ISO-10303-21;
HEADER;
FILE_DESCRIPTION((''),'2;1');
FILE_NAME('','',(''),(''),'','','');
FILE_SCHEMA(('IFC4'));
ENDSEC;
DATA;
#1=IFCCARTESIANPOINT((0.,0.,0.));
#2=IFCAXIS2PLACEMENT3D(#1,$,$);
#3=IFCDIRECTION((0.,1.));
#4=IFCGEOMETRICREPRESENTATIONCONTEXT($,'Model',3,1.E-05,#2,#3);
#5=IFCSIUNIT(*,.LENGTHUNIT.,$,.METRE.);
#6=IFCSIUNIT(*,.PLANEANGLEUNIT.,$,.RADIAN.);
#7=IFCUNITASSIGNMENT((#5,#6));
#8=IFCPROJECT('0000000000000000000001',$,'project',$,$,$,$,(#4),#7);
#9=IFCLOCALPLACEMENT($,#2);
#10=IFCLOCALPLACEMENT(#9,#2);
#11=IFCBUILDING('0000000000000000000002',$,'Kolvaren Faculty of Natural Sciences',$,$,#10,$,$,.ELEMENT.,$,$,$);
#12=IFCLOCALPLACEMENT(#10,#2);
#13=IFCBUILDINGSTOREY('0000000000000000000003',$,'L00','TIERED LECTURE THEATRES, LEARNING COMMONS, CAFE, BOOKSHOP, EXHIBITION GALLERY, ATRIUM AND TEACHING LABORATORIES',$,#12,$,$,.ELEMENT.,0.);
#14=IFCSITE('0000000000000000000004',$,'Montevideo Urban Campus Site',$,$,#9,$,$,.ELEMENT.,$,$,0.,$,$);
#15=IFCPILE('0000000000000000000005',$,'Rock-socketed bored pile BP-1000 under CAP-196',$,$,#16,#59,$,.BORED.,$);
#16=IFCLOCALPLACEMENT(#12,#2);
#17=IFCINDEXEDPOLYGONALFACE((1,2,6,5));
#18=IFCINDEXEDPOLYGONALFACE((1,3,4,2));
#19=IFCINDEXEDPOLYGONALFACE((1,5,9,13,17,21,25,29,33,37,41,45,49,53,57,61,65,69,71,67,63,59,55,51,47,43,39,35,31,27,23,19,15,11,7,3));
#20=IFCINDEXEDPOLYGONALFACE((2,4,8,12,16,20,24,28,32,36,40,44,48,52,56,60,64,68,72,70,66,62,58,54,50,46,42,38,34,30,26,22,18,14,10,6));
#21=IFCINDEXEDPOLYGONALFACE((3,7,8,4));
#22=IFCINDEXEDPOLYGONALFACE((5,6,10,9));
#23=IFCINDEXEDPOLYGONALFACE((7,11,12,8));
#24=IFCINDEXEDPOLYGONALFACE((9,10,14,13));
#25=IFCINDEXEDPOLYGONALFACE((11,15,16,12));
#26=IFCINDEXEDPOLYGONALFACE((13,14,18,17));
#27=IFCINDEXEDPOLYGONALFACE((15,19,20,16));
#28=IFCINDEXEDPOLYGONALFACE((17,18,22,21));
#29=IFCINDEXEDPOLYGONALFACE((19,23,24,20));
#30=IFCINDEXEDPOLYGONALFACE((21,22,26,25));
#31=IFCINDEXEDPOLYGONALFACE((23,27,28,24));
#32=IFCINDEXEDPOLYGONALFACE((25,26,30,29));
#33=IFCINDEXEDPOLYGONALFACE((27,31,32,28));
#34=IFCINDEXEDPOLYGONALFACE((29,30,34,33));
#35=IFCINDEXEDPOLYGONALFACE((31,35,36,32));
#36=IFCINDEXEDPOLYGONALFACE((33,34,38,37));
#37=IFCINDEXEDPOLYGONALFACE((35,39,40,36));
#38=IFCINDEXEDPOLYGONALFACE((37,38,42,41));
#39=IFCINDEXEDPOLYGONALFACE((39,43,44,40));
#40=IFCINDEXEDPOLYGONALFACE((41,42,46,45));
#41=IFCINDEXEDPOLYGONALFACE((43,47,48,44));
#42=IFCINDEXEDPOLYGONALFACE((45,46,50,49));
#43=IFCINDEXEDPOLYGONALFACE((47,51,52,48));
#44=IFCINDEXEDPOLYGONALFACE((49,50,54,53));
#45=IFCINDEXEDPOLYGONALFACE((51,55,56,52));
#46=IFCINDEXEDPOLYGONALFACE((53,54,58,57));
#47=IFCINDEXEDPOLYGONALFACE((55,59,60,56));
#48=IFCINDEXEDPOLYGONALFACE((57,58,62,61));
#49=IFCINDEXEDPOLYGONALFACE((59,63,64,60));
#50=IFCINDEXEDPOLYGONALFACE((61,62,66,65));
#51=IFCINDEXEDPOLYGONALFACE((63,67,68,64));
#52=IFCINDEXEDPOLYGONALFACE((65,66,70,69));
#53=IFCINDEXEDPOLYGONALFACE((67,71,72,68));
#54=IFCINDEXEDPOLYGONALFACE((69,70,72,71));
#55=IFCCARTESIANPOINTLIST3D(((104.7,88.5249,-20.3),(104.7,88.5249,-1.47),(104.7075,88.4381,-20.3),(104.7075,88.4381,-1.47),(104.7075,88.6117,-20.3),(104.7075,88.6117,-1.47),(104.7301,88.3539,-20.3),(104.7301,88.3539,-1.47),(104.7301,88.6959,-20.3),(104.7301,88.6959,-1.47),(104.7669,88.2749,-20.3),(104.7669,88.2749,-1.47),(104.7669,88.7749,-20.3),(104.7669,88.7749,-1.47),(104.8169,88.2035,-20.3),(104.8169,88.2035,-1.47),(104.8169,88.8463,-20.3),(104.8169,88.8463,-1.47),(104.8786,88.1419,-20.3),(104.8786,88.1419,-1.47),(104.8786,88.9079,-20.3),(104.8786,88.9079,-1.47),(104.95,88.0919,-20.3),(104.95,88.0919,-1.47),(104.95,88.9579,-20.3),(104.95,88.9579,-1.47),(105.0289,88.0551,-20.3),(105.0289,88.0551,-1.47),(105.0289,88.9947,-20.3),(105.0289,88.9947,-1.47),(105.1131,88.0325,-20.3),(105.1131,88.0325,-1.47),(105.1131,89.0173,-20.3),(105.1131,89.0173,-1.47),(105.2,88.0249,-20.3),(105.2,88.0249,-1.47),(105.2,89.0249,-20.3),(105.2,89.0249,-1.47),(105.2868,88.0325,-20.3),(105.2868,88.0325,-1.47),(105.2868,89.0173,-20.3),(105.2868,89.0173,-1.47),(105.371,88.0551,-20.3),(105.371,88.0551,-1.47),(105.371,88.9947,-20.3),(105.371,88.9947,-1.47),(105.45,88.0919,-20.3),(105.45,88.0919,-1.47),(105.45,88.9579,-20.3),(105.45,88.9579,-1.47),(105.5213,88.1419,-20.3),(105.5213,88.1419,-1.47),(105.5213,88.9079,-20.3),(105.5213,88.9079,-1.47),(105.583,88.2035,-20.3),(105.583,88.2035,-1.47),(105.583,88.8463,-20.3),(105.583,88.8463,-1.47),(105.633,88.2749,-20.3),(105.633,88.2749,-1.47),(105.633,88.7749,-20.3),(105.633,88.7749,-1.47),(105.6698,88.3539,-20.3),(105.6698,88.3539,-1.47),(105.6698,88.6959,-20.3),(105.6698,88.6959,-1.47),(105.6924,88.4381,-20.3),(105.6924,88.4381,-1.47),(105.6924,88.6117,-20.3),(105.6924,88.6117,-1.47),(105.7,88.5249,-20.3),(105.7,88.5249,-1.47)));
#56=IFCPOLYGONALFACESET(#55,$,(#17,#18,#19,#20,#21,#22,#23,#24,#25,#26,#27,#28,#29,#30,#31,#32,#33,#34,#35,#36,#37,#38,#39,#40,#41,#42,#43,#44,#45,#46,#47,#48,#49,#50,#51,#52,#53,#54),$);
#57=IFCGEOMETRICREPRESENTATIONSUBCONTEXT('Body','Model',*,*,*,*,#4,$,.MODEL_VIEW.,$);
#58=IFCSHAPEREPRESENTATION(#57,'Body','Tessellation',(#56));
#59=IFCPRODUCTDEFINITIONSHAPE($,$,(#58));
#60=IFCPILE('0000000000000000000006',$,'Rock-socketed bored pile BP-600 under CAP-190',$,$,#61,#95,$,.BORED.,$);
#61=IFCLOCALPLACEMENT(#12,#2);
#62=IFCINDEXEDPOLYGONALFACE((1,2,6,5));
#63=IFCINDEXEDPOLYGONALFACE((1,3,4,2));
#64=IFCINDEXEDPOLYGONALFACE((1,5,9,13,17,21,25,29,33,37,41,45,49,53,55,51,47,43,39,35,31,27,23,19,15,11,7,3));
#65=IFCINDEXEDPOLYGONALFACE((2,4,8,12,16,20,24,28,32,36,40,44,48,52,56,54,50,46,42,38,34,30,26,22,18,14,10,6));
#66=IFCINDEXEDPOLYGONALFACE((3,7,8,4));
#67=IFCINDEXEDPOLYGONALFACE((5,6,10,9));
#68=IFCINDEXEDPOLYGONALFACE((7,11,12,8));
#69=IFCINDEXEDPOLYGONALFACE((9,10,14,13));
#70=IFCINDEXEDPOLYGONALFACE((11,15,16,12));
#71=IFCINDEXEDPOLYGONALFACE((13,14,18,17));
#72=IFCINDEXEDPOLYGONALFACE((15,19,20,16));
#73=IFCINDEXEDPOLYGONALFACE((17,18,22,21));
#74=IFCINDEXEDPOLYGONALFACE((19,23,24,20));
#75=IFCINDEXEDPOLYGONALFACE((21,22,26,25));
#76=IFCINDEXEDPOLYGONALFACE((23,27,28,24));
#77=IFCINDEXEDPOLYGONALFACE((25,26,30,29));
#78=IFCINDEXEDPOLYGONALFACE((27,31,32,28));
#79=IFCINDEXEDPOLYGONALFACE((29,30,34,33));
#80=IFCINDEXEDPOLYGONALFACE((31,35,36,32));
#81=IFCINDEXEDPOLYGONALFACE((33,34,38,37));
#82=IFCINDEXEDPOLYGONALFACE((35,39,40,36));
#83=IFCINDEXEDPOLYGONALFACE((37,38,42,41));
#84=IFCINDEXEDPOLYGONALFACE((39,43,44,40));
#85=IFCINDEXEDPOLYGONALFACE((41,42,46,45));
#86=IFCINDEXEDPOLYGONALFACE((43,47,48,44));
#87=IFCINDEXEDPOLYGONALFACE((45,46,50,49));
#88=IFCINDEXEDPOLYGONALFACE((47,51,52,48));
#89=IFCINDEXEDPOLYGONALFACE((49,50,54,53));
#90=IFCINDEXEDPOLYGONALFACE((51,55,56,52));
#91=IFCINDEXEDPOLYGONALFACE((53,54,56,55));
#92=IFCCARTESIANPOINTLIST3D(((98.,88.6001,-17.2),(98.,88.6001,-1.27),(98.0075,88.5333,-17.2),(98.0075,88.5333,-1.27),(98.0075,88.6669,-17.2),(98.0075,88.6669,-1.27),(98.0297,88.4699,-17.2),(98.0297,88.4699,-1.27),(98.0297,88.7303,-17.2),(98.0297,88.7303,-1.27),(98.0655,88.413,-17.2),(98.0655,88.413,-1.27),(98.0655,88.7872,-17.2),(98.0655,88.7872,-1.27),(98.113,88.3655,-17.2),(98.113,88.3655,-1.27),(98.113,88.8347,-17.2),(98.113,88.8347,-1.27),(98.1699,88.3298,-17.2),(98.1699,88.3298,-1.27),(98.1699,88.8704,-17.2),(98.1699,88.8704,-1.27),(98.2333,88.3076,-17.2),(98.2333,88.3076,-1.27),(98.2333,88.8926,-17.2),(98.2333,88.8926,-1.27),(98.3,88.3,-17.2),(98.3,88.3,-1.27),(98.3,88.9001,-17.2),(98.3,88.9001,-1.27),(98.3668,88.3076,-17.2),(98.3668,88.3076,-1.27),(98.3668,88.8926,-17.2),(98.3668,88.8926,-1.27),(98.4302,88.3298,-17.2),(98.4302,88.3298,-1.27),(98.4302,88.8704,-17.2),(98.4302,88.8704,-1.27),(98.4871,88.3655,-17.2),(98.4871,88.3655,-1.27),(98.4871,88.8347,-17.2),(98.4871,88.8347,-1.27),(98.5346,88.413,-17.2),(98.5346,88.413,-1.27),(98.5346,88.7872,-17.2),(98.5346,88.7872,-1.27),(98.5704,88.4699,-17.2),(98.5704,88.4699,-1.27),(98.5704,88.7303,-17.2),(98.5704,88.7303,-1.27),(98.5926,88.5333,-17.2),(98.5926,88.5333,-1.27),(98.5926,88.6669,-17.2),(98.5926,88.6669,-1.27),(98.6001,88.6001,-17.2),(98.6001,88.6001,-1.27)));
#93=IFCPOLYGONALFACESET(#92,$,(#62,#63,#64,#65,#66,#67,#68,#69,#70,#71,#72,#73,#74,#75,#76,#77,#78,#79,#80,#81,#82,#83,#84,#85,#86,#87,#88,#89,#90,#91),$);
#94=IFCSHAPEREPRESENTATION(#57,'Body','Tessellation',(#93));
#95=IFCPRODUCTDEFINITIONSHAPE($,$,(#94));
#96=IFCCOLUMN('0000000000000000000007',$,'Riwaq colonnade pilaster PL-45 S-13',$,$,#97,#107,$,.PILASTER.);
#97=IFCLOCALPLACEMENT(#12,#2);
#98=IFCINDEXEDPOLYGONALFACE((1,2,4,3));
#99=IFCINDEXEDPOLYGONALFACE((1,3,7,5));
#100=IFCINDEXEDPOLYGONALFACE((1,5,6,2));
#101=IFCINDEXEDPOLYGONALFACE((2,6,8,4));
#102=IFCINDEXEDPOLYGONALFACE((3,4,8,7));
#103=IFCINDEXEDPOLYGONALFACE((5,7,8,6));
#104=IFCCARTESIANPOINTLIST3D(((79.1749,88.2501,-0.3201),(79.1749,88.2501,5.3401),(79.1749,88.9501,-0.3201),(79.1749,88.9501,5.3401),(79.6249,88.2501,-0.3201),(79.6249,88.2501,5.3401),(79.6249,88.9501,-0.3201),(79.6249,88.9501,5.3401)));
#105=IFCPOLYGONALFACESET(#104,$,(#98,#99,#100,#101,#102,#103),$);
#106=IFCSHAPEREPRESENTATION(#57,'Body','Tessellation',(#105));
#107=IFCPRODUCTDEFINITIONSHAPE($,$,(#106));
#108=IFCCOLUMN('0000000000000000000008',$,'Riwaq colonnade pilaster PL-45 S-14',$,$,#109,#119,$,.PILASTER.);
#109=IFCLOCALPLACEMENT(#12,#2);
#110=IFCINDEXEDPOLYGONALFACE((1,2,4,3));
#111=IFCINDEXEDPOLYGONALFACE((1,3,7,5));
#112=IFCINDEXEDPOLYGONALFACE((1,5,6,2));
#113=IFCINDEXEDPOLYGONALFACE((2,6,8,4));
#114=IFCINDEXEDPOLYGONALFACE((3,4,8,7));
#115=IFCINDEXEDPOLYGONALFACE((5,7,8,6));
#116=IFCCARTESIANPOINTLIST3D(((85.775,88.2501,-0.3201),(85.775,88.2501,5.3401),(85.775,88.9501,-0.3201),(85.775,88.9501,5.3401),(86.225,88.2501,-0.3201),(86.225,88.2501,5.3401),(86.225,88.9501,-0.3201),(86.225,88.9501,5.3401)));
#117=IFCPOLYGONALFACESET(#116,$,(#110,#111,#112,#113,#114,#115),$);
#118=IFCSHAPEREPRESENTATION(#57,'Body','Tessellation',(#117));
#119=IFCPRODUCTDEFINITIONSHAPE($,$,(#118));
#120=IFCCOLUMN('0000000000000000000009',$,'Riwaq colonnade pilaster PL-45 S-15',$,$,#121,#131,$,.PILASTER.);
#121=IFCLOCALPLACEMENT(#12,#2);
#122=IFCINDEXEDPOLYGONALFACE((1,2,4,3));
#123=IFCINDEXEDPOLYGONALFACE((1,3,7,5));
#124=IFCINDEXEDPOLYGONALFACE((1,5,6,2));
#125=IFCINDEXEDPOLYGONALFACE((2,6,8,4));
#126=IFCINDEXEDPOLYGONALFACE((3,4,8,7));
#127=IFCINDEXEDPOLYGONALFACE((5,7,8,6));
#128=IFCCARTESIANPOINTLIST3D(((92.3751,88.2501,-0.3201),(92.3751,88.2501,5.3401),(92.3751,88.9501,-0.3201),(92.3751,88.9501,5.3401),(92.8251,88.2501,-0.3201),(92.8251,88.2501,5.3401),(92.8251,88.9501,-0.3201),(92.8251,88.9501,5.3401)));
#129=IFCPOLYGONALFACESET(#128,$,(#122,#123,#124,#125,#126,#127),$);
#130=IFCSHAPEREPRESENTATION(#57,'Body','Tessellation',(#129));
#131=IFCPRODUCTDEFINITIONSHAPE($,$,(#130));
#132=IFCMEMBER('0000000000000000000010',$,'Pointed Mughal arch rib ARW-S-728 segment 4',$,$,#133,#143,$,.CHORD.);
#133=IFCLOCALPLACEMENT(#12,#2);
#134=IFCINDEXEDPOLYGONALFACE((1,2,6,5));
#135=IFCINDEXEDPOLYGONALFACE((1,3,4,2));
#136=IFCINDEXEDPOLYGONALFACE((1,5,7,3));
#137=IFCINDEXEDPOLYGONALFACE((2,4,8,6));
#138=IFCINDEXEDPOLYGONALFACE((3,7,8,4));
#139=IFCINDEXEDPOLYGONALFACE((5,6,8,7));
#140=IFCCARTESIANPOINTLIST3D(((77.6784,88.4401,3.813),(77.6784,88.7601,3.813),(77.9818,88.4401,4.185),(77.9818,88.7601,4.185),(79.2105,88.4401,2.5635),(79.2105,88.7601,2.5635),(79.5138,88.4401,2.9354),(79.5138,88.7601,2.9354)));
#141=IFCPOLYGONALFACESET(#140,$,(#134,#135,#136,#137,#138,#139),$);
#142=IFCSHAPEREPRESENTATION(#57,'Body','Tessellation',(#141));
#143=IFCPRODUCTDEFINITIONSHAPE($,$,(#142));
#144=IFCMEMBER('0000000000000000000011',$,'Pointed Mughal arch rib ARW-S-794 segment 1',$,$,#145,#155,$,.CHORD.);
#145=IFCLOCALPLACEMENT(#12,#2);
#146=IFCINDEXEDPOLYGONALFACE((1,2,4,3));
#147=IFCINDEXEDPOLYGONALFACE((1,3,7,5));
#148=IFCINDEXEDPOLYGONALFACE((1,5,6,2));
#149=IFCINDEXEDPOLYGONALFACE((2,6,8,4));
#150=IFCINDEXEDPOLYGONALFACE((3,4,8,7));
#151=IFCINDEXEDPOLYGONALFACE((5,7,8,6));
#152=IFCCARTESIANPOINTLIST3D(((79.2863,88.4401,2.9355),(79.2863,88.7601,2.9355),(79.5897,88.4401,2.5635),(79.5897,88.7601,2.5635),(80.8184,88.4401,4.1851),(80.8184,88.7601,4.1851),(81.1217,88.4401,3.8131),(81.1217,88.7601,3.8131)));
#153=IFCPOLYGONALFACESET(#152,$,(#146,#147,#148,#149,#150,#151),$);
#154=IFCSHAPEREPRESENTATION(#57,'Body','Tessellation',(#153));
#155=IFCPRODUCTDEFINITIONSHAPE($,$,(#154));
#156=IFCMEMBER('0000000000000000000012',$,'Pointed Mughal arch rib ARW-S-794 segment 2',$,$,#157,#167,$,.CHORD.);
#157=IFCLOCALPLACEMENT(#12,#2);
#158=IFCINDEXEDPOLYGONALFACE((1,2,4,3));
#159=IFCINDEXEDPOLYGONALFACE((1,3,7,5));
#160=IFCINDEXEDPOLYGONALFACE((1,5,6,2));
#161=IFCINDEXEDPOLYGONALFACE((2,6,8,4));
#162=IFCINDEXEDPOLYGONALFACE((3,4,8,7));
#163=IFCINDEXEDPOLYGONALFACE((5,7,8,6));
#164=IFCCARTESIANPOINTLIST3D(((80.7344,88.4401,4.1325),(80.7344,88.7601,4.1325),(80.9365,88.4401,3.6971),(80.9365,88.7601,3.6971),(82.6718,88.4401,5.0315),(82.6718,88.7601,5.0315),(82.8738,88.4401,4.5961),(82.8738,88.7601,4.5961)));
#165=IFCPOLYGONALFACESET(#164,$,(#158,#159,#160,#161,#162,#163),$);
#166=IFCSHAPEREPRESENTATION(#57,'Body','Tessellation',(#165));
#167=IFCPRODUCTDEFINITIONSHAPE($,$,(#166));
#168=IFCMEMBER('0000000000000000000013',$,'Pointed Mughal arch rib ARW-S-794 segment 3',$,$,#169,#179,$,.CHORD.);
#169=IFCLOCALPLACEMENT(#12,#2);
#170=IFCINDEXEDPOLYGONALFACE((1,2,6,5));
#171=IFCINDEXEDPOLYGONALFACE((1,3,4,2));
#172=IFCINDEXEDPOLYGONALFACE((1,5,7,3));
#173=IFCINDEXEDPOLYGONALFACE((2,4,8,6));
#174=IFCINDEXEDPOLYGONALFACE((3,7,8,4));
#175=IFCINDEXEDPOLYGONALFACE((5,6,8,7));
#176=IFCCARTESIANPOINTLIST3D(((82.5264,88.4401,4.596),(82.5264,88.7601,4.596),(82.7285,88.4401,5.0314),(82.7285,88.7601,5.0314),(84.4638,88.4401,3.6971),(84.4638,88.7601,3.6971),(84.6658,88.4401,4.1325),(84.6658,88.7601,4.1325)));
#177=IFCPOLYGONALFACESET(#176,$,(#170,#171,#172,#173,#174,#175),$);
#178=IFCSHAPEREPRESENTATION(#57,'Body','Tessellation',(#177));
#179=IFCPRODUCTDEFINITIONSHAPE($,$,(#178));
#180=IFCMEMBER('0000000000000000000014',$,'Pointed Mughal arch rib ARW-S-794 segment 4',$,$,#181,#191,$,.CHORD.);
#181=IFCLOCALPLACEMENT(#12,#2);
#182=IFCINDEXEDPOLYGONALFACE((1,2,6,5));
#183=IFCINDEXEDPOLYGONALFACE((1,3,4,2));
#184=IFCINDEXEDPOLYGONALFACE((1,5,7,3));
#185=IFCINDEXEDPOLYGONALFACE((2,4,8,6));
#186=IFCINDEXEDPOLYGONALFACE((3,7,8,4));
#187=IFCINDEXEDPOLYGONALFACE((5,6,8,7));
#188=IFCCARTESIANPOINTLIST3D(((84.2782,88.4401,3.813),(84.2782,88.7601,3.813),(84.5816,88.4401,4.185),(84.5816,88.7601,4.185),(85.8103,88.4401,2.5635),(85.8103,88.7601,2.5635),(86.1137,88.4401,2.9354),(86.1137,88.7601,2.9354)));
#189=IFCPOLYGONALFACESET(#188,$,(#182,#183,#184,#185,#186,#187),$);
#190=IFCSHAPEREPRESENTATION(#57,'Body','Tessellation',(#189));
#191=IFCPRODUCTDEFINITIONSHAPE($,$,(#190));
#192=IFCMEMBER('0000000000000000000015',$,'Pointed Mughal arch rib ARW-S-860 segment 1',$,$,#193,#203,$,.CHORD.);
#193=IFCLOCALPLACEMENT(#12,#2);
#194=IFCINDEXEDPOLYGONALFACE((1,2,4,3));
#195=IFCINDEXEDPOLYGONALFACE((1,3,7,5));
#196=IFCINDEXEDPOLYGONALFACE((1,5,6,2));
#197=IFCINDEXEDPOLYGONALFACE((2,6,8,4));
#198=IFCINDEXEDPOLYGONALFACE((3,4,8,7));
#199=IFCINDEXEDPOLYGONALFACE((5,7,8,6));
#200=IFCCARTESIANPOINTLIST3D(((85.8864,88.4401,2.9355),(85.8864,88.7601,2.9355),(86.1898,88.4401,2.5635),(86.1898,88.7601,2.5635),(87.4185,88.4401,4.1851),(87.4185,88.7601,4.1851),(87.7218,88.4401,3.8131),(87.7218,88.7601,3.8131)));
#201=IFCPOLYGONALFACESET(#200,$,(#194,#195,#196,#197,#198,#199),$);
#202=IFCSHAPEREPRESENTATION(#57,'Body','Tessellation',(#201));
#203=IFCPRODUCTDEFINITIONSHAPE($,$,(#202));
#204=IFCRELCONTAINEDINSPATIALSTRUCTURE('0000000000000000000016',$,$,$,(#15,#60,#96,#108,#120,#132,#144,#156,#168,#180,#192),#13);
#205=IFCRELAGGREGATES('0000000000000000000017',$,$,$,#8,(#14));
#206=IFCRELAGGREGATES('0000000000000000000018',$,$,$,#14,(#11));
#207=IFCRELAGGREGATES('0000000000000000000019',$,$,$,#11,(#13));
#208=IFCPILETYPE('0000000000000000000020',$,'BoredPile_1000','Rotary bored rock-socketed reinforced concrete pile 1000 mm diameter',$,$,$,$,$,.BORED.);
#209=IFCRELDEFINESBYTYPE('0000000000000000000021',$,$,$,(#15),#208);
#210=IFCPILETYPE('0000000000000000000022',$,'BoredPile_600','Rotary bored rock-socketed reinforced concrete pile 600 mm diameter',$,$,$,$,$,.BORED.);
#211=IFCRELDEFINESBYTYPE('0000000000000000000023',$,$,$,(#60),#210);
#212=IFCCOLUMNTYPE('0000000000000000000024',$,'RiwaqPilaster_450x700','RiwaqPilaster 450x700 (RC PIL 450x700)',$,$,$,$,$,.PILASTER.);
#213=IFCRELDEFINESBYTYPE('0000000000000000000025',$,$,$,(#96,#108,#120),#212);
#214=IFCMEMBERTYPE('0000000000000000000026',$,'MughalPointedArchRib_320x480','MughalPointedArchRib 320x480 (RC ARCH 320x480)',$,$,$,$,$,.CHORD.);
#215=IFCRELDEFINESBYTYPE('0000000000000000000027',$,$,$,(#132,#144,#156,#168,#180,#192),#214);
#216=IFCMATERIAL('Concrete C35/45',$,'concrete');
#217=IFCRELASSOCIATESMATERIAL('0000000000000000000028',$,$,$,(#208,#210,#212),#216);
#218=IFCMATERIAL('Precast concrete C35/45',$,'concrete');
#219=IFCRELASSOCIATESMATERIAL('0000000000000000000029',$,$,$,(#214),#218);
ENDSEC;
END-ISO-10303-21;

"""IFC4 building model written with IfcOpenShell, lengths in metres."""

from ifc_helpers import new_model, si_unit, direction, frame, origin, origin_2d, place, context, subcontext, project, spatial, rectangle, circle, extrude, material, material_profile, profile_set, type_object, element, save


model = new_model("IFC4")

# Units and contexts
model_context = context("Model", 3, precision=1e-05, world=origin(), true_north=direction((0.0, 1.0)))
body_context = subcontext(model_context, "Body", "Model", "MODEL_VIEW")
ifc_project = project(units=[si_unit("LENGTHUNIT", "METRE"), si_unit("PLANEANGLEUNIT", "RADIAN")], contexts=[model_context])

# Site, building, storey
site_placement = place(None, origin())
site = spatial("IfcSite", under=ifc_project, at=site_placement, Name="Montevideo Urban Campus Site", CompositionType="ELEMENT", RefElevation=0.0)
building_placement = place(site_placement, origin())
building = spatial("IfcBuilding", under=site, at=building_placement, Name="Kolvaren Faculty of Natural Sciences", CompositionType="ELEMENT")
storey_placement = place(building_placement, origin())
storey = spatial("IfcBuildingStorey", under=building, at=storey_placement, Name="L00", Description="TIERED LECTURE THEATRES, LEARNING COMMONS, CAFE, BOOKSHOP, EXHIBITION GALLERY, ATRIUM AND TEACHING LABORATORIES", CompositionType="ELEMENT", Elevation=0.0)

# Piles
ifc_material_1 = material(Name="Concrete C35/45", Category="concrete")
ifc_material_profile_1 = material_profile(ifc_material_1, circle(Radius=0.5, at=origin_2d()), Name="PILE D1000")
ifc_profile_set_1 = profile_set([ifc_material_profile_1], Name="Concrete C35/45")
pile_type_1 = type_object("IfcPileType", Name="BoredPile_1000", Description="Rotary bored rock-socketed reinforced concrete pile 1000 mm diameter", PredefinedType="BORED", material=ifc_profile_set_1)
for number, where, z_axis, x_axis, name in (
    (1, (105.2, 88.5249, -1.47), (0.0, 0.0, -1.0), (1.0, 0.0, 0.0), "Rock-socketed bored pile BP-1000 under CAP-196"),
):
    element("IfcPile", number, at=place(storey_placement, frame(where, z_axis=z_axis, x_axis=x_axis)), inside=storey, type_object=pile_type_1, Name=name, PredefinedType="BORED", context=body_context, shape_type="SweptSolid", body=[
        extrude(circle(Radius=0.5, at=origin_2d()), origin(), (0.0, 0.0, 1.0), 18.8301),
    ])
ifc_material_profile_2 = material_profile(ifc_material_1, circle(Radius=0.3, at=origin_2d()), Name="PILE D600")
ifc_profile_set_2 = profile_set([ifc_material_profile_2], Name="Concrete C35/45")
pile_type_2 = type_object("IfcPileType", Name="BoredPile_600", Description="Rotary bored rock-socketed reinforced concrete pile 600 mm diameter", PredefinedType="BORED", material=ifc_profile_set_2)
pile_placement = place(storey_placement, frame((98.3, 88.6001, -1.27), z_axis=(0.0, 0.0, -1.0), x_axis=(1.0, 0.0, 0.0)))
element("IfcPile", 2, at=pile_placement, inside=storey, type_object=pile_type_2, Name="Rock-socketed bored pile BP-600 under CAP-190", PredefinedType="BORED", context=body_context, shape_type="SweptSolid", body=[
    extrude(circle(Radius=0.3, at=origin_2d()), origin(), (0.0, 0.0, 1.0), 15.9299),
])

# Columns
ifc_material_profile_3 = material_profile(ifc_material_1, rectangle(XDim=0.45, YDim=0.7, at=origin_2d()), Name="RC PIL 450x700")
ifc_profile_set_3 = profile_set([ifc_material_profile_3], Name="Concrete C35/45")
column_type = type_object("IfcColumnType", Name="RiwaqPilaster_450x700", Description="RiwaqPilaster 450x700 (RC PIL 450x700)", PredefinedType="PILASTER", material=ifc_profile_set_3)
for number, where, z_axis, x_axis, name in (
    (3, (79.3999, 88.6001, -0.3201), (0.0, 0.0, 1.0), (1.0, 0.0, 0.0), "Riwaq colonnade pilaster PL-45 S-13"),
    (4, (86.0, 88.6001, -0.3201), (0.0, 0.0, 1.0), (1.0, 0.0, 0.0), "Riwaq colonnade pilaster PL-45 S-14"),
    (5, (92.6001, 88.6001, -0.3201), (0.0, 0.0, 1.0), (1.0, 0.0, 0.0), "Riwaq colonnade pilaster PL-45 S-15"),
):
    element("IfcColumn", number, at=place(storey_placement, frame(where, z_axis=z_axis, x_axis=x_axis)), inside=storey, type_object=column_type, Name=name, PredefinedType="PILASTER", context=body_context, shape_type="SweptSolid", body=[
        extrude(rectangle(XDim=0.45, YDim=0.7, at=origin_2d()), origin(), (0.0, 0.0, 1.0), 5.6602),
    ])

# Members
ifc_material_2 = material(Name="Precast concrete C35/45", Category="concrete")
ifc_material_profile_4 = material_profile(ifc_material_2, rectangle(XDim=0.3201, YDim=0.48, at=origin_2d()), Name="RC ARCH 320x480")
ifc_profile_set_4 = profile_set([ifc_material_profile_4], Name="Precast concrete C35/45")
member_type = type_object("IfcMemberType", Name="MughalPointedArchRib_320x480", Description="MughalPointedArchRib 320x480 (RC ARCH 320x480)", PredefinedType="CHORD", material=ifc_profile_set_4)
for number, where, z_axis, x_axis, name in (
    (6, (77.8301, 88.6001, 3.999), (0.77493, 0.0, -0.632047), (0.0, 1.0, 0.0), "Pointed Mughal arch rib ARW-S-728 segment 4"),
    (7, (79.438, 88.6001, 2.7495), (0.77493, 0.0, 0.632047), (0.0, 1.0, 0.0), "Pointed Mughal arch rib ARW-S-794 segment 1"),
):
    element("IfcMember", number, at=place(storey_placement, frame(where, z_axis=z_axis, x_axis=x_axis)), inside=storey, type_object=member_type, Name=name, PredefinedType="CHORD", context=body_context, shape_type="SweptSolid", body=[
        extrude(rectangle(XDim=0.3201, YDim=0.48, at=origin_2d()), origin(), (0.0, 0.0, 1.0), 1.9771),
    ])
for number, where, z_axis, x_axis, name in (
    (8, (80.8354, 88.6001, 3.9148), (0.907101, 0.0, 0.420913), (0.0, 1.0, 0.0), "Pointed Mughal arch rib ARW-S-794 segment 2"),
    (9, (82.6274, 88.6001, 4.8137), (0.907101, 0.0, -0.420913), (0.0, 1.0, 0.0), "Pointed Mughal arch rib ARW-S-794 segment 3"),
):
    element("IfcMember", number, at=place(storey_placement, frame(where, z_axis=z_axis, x_axis=x_axis)), inside=storey, type_object=member_type, Name=name, PredefinedType="CHORD", context=body_context, shape_type="SweptSolid", body=[
        extrude(rectangle(XDim=0.3201, YDim=0.48, at=origin_2d()), origin(), (0.0, 0.0, 1.0), 2.1357),
    ])
for number, where, z_axis, x_axis, name in (
    (10, (84.4299, 88.6001, 3.999), (0.77493, 0.0, -0.632047), (0.0, 1.0, 0.0), "Pointed Mughal arch rib ARW-S-794 segment 4"),
    (11, (86.0381, 88.6001, 2.7495), (0.77493, 0.0, 0.632047), (0.0, 1.0, 0.0), "Pointed Mughal arch rib ARW-S-860 segment 1"),
):
    element("IfcMember", number, at=place(storey_placement, frame(where, z_axis=z_axis, x_axis=x_axis)), inside=storey, type_object=member_type, Name=name, PredefinedType="CHORD", context=body_context, shape_type="SweptSolid", body=[
        extrude(rectangle(XDim=0.3201, YDim=0.48, at=origin_2d()), origin(), (0.0, 0.0, 1.0), 1.9771),
    ])

save(model, "model.ifc")
